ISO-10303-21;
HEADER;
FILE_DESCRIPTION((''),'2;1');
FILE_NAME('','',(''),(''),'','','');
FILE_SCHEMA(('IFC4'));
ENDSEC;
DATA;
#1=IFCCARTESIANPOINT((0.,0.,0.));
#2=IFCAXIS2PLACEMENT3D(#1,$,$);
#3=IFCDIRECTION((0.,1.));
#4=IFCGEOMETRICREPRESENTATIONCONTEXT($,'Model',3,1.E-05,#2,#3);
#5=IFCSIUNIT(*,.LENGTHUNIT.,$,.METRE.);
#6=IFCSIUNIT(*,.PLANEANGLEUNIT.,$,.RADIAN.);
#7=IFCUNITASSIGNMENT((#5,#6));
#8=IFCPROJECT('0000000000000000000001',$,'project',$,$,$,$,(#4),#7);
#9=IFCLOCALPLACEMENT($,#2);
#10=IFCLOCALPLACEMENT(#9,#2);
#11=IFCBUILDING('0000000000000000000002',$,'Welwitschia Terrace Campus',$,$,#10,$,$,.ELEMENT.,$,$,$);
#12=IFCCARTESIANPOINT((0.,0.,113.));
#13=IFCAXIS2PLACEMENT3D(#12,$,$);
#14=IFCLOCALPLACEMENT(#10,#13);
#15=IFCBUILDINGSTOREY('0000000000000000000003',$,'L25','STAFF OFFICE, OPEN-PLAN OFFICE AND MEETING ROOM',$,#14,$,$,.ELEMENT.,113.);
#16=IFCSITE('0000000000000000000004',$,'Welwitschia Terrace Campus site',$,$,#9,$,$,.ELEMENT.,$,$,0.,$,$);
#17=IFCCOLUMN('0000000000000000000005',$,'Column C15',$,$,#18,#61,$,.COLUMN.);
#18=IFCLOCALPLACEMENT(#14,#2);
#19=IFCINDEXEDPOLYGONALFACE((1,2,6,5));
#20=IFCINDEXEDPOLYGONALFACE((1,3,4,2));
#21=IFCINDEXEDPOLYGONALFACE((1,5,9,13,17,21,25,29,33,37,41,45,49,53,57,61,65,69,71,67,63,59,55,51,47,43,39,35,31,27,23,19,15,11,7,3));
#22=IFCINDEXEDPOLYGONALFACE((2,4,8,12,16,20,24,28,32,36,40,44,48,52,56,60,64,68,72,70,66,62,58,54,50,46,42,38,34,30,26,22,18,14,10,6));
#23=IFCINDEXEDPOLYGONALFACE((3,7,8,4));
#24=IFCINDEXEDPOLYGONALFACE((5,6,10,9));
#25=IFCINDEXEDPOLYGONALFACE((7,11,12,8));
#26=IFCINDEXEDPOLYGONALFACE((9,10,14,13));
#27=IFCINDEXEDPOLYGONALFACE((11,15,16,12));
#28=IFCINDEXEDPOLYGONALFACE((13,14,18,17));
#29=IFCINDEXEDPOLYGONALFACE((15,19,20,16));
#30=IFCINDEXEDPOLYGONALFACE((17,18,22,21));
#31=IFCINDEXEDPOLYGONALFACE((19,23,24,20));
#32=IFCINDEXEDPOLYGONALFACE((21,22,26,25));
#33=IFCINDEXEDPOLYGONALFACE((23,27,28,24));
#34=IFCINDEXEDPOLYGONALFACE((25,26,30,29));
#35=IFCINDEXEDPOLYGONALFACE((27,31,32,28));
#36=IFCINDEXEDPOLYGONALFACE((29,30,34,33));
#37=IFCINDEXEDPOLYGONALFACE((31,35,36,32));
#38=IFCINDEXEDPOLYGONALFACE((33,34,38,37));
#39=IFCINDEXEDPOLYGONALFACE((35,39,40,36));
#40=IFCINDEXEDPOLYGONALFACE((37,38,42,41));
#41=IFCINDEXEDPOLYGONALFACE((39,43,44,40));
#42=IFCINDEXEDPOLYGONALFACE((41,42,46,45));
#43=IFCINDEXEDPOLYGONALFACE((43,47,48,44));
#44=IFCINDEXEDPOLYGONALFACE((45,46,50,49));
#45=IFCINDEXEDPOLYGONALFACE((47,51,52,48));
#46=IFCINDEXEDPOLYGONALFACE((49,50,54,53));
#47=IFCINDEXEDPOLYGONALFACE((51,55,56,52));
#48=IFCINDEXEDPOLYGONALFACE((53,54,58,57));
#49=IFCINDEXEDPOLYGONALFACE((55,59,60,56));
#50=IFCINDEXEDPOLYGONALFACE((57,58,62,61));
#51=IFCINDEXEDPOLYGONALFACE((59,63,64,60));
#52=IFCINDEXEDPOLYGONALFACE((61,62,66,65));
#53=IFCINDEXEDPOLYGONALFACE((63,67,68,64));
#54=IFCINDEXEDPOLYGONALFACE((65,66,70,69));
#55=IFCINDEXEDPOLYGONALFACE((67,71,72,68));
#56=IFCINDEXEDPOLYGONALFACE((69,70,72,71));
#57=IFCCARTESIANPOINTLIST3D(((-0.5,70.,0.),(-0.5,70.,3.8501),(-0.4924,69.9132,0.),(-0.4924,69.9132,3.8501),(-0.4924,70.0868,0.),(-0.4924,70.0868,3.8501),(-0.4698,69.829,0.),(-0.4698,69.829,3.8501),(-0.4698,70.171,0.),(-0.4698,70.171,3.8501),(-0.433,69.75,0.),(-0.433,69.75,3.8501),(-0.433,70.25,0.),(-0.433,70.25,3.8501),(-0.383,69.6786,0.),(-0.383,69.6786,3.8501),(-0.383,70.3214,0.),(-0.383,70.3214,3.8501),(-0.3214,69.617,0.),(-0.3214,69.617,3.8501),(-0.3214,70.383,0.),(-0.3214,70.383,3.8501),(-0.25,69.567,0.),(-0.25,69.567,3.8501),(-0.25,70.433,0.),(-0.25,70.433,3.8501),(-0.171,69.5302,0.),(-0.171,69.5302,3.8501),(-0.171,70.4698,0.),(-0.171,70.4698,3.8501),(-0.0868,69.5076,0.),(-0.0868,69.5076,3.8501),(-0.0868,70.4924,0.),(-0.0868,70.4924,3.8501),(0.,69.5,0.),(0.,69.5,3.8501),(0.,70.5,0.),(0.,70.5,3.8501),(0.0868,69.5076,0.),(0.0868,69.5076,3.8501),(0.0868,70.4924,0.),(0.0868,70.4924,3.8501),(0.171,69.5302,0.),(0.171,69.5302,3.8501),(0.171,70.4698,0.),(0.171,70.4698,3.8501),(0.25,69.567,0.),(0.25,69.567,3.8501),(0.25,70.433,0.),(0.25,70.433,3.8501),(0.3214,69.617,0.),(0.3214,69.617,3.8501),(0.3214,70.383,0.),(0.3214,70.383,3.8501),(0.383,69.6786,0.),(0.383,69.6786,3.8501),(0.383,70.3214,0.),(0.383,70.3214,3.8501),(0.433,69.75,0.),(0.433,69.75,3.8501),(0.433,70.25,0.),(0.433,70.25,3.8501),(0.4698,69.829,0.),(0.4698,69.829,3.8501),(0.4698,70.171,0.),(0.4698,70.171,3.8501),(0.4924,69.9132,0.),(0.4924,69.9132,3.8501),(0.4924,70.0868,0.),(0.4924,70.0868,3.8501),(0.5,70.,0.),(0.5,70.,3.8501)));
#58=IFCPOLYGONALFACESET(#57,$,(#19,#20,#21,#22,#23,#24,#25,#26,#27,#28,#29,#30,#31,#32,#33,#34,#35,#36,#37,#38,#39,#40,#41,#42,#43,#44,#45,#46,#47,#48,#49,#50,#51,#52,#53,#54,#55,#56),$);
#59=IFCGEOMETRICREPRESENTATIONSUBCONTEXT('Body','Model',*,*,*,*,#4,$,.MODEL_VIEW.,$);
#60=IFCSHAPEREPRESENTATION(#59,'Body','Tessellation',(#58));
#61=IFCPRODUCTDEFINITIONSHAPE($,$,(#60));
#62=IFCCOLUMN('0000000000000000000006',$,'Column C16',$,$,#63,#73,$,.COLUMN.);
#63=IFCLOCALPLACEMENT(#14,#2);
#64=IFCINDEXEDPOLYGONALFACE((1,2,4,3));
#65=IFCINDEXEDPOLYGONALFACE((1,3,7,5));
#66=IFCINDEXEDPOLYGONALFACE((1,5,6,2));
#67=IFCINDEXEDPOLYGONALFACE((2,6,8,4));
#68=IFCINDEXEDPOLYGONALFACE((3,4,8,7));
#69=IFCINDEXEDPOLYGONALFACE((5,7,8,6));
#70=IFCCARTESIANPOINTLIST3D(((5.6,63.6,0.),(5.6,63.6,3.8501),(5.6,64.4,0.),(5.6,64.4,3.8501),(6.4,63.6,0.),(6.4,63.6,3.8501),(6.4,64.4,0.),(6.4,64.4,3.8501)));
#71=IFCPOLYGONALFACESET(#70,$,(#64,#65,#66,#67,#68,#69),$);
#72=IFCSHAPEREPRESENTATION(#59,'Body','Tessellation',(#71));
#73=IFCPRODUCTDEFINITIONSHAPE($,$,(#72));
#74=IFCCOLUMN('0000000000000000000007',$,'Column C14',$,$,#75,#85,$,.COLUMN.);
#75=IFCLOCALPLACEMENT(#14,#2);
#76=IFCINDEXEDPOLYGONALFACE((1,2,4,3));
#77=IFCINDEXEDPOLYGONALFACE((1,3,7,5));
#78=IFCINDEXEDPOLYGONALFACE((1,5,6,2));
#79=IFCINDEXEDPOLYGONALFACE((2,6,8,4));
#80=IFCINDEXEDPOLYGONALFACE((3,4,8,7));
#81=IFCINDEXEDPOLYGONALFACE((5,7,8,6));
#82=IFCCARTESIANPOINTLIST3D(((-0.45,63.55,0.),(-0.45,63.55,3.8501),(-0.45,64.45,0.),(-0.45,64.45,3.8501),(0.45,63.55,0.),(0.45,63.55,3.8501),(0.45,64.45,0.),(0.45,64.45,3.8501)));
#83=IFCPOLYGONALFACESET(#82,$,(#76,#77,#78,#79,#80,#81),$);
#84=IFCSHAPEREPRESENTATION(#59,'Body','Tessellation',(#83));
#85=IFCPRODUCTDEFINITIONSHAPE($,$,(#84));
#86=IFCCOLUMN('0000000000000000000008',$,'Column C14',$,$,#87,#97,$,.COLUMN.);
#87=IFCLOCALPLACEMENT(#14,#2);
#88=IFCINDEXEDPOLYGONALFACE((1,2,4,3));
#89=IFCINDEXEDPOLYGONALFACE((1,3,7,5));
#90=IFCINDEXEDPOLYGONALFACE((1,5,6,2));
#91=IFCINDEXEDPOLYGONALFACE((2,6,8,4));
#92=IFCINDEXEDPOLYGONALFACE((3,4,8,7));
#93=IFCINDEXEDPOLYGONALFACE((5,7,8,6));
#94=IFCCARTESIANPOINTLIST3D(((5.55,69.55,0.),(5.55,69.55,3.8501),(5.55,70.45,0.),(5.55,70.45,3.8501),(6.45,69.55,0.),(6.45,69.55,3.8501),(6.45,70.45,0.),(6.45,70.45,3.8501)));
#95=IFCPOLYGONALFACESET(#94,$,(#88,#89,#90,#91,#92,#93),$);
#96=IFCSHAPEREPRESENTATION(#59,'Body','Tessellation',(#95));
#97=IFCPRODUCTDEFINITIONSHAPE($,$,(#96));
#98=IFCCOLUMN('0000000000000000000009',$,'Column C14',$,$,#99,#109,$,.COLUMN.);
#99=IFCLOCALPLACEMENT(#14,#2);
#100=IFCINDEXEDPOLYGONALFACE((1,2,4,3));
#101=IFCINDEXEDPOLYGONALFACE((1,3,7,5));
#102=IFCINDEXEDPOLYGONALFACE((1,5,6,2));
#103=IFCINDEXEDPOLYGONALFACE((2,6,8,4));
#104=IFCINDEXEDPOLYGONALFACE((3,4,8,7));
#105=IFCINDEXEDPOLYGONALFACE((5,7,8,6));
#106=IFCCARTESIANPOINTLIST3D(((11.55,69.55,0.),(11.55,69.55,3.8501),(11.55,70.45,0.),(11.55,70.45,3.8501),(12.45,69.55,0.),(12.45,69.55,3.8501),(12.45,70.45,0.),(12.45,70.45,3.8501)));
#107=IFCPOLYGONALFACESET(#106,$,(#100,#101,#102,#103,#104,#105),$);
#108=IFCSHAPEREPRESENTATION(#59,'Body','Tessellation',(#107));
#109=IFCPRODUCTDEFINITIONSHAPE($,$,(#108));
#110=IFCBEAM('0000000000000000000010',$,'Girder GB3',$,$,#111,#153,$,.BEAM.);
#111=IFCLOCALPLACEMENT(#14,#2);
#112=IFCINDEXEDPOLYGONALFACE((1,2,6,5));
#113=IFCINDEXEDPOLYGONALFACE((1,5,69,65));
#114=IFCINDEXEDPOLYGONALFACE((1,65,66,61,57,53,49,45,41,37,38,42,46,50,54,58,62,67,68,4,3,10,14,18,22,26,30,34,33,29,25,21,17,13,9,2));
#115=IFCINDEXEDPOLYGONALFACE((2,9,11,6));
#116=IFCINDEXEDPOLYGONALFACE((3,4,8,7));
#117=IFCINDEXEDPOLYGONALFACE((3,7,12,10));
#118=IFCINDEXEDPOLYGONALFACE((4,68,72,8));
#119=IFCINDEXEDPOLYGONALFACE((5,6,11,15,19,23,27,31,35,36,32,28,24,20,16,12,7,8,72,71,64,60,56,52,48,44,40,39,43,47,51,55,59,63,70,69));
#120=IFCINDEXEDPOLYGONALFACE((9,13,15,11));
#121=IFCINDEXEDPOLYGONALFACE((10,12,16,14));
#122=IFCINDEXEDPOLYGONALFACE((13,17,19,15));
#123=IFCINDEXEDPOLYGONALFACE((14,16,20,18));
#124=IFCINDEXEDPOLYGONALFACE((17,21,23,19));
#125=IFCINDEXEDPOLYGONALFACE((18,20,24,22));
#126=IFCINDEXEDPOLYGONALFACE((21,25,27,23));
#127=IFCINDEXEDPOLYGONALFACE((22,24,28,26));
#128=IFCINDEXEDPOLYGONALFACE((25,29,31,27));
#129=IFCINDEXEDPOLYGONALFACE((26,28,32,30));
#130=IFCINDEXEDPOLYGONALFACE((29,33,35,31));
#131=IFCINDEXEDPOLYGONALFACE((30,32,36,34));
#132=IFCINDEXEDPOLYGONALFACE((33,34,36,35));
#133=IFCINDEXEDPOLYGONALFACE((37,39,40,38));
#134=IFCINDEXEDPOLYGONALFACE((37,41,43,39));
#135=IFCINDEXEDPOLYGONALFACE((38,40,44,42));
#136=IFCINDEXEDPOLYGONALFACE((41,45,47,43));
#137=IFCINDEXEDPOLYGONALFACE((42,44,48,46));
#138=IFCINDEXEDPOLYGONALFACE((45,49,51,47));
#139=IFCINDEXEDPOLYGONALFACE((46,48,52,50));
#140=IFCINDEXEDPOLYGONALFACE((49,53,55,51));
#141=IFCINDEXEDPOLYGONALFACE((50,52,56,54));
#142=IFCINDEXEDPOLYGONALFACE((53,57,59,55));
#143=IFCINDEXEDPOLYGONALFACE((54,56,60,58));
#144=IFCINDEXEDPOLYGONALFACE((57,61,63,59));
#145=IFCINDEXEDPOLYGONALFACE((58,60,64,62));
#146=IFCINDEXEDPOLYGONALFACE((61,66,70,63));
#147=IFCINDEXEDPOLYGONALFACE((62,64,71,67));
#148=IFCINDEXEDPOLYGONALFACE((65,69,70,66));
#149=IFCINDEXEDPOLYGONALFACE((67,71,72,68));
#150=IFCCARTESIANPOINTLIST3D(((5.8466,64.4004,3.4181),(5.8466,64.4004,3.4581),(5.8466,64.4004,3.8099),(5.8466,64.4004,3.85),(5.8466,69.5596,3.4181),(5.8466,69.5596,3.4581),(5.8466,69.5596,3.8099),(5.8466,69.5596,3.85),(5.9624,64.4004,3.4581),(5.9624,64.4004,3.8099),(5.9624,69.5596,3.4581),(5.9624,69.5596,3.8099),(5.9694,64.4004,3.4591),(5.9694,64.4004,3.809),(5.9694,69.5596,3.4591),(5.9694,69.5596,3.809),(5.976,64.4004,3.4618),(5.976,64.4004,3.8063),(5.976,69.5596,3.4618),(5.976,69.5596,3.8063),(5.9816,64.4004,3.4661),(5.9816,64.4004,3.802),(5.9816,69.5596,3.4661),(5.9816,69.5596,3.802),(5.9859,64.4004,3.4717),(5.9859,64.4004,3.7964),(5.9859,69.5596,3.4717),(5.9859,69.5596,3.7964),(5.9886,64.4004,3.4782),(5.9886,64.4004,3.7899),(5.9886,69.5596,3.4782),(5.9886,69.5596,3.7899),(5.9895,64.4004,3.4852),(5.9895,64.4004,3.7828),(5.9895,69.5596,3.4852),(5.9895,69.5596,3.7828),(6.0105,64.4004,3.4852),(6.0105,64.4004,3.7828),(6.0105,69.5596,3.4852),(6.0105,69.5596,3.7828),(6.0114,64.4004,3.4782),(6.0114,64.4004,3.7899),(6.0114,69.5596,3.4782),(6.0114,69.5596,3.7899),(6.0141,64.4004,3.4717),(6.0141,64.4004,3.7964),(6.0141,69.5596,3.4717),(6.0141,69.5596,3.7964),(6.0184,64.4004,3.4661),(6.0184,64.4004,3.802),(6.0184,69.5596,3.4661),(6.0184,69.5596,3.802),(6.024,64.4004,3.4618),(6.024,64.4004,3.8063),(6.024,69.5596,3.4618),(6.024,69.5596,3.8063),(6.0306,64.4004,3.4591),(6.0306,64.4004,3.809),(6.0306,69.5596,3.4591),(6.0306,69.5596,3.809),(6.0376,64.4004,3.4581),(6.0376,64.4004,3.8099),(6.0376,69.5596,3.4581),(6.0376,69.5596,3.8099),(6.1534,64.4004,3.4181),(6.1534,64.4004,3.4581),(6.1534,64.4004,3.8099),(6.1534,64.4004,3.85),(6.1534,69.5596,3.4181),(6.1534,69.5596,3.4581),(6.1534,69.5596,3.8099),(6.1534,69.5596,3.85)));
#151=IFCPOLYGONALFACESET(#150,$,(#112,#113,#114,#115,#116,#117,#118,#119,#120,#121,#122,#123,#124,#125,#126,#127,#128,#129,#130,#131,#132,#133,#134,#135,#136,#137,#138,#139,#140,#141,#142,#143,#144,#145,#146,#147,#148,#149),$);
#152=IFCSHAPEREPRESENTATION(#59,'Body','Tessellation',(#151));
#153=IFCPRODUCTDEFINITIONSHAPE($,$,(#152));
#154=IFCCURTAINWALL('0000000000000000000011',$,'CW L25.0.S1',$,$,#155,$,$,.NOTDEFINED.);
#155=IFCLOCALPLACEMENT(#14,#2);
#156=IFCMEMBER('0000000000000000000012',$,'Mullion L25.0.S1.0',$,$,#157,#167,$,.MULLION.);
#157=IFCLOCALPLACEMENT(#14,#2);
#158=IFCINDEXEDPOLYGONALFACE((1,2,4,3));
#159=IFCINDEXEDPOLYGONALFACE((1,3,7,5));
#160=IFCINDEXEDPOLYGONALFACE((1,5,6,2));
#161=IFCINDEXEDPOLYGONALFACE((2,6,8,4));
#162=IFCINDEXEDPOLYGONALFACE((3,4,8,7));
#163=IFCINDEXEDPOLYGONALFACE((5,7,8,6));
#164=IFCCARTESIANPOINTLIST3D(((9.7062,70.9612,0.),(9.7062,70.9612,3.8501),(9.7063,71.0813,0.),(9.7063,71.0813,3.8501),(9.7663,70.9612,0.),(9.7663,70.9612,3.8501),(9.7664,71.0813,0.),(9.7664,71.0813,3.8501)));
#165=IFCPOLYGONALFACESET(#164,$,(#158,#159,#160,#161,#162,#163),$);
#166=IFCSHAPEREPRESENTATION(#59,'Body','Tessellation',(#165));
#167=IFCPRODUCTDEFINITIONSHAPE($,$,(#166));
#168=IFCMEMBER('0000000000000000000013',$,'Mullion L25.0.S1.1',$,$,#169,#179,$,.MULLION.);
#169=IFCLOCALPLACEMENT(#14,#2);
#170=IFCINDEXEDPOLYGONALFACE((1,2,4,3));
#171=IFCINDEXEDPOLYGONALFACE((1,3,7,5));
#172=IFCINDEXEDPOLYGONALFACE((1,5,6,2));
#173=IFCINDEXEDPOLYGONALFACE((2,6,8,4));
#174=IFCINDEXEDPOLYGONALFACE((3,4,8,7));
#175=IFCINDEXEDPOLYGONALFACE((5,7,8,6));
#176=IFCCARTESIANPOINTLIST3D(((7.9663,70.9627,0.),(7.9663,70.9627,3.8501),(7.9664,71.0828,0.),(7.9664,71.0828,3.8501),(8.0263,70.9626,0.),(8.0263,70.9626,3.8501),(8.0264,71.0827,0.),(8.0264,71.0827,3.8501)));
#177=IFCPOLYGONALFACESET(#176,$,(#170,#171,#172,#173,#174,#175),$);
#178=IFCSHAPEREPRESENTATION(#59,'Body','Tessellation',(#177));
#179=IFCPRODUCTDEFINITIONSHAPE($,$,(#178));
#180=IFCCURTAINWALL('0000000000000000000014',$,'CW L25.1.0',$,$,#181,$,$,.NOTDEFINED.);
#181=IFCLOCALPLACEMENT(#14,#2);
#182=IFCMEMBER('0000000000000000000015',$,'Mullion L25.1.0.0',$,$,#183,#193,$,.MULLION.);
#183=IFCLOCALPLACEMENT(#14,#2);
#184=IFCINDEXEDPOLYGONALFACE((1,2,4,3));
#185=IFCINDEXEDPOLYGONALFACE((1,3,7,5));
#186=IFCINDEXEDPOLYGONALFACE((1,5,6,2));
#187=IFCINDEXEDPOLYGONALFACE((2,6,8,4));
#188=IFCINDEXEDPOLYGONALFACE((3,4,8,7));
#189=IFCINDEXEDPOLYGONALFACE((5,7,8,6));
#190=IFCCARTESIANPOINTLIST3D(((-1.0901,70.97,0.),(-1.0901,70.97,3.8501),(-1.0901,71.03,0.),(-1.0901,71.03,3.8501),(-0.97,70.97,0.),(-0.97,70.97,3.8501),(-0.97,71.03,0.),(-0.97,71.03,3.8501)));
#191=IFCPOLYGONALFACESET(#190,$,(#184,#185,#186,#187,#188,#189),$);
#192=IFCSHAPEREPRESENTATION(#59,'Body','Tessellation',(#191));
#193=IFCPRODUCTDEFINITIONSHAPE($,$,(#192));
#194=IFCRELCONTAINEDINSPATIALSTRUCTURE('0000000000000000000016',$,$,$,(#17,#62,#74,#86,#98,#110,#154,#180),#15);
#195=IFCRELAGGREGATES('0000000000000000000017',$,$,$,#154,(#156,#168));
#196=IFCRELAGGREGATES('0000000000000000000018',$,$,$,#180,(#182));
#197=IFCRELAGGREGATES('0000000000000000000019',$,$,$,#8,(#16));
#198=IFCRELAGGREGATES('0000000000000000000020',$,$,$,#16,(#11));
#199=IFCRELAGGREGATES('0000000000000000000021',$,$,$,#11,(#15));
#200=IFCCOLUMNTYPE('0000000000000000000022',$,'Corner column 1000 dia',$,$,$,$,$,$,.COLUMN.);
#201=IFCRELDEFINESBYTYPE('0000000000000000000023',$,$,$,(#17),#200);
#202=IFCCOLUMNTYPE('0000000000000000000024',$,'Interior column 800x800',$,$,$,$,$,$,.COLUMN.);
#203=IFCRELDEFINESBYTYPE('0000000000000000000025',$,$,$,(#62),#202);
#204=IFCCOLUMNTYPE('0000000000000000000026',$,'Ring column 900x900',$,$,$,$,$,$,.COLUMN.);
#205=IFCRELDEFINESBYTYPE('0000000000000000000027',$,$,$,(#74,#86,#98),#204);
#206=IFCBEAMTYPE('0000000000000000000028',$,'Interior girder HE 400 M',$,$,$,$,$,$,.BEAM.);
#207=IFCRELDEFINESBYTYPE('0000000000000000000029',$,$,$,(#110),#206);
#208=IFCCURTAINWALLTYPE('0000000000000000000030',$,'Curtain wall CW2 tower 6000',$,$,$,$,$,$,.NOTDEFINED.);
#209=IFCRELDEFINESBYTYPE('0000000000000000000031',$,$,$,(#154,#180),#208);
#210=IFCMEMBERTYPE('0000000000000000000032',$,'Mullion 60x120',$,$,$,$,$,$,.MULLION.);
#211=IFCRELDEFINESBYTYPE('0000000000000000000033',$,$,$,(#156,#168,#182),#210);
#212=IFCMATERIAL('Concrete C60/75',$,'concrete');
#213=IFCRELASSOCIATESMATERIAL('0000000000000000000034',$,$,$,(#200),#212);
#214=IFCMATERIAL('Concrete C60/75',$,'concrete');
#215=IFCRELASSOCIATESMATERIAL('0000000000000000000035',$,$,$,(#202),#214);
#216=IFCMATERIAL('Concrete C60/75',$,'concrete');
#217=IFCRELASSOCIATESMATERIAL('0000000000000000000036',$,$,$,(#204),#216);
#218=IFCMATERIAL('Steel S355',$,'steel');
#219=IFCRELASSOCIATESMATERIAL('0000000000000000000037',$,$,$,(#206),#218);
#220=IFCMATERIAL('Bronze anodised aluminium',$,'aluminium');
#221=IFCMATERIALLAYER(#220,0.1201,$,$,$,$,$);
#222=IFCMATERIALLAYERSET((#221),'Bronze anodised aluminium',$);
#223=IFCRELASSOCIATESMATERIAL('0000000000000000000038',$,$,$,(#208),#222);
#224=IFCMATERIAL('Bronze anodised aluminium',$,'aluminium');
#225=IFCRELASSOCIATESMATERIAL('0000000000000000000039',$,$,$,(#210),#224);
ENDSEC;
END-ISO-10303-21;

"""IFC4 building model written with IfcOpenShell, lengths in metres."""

from ifc_helpers import new_model, si_unit, direction, frame, origin, origin_2d, place, context, subcontext, project, spatial, rectangle, circle, i_section, extrude, material, layer, layer_set, material_profile, profile_set, type_object, element, aggregate, save


model = new_model("IFC4")

# Units and contexts
model_context = context("Model", 3, precision=1e-05, world=origin(), true_north=direction((0.0, 1.0)))
body_context = subcontext(model_context, "Body", "Model", "MODEL_VIEW")
ifc_project = project(units=[si_unit("LENGTHUNIT", "METRE"), si_unit("PLANEANGLEUNIT", "RADIAN")], contexts=[model_context])

# Site, building, storey
site_placement = place(None, origin())
site = spatial("IfcSite", under=ifc_project, at=site_placement, Name="Welwitschia Terrace Campus site", CompositionType="ELEMENT", RefElevation=0.0)
building_placement = place(site_placement, origin())
building = spatial("IfcBuilding", under=site, at=building_placement, Name="Welwitschia Terrace Campus", CompositionType="ELEMENT")
storey_placement = place(building_placement, frame((0.0, 0.0, 113.0)))
storey = spatial("IfcBuildingStorey", under=building, at=storey_placement, Name="L25", Description="STAFF OFFICE, OPEN-PLAN OFFICE AND MEETING ROOM", CompositionType="ELEMENT", Elevation=113.0)

# Columns
ifc_material_1 = material(Name="Concrete C60/75", Category="concrete")
ifc_material_profile_1 = material_profile(ifc_material_1, circle(Radius=0.5, at=origin_2d()))
ifc_profile_set_1 = profile_set([ifc_material_profile_1], Name="Concrete C60/75")
column_type_1 = type_object("IfcColumnType", Name="Corner column 1000 dia", PredefinedType="COLUMN", material=ifc_profile_set_1)
column_1_placement = place(storey_placement, frame((0.0, 70.0, 0.0), z_axis=(0.0, 0.0, 1.0), x_axis=(1.0, 0.0, 0.0)))
element("IfcColumn", 1, at=column_1_placement, inside=storey, type_object=column_type_1, Name="Column C15", PredefinedType="COLUMN", context=body_context, shape_type="SweptSolid", body=[
    extrude(circle(Radius=0.5, at=origin_2d()), origin(), (0.0, 0.0, 1.0), 3.8501),
])
ifc_material_2 = material(Name="Concrete C60/75", Category="concrete")
ifc_material_profile_2 = material_profile(ifc_material_2, rectangle(XDim=0.8, YDim=0.8, at=origin_2d()))
ifc_profile_set_2 = profile_set([ifc_material_profile_2], Name="Concrete C60/75")
column_type_2 = type_object("IfcColumnType", Name="Interior column 800x800", PredefinedType="COLUMN", material=ifc_profile_set_2)
column_2_placement = place(storey_placement, frame((6.0, 64.0, 0.0), z_axis=(0.0, 0.0, 1.0), x_axis=(1.0, 0.0, 0.0)))
element("IfcColumn", 2, at=column_2_placement, inside=storey, type_object=column_type_2, Name="Column C16", PredefinedType="COLUMN", context=body_context, shape_type="SweptSolid", body=[
    extrude(rectangle(XDim=0.8, YDim=0.8, at=origin_2d()), origin(), (0.0, 0.0, 1.0), 3.8501),
])
ifc_material_3 = material(Name="Concrete C60/75", Category="concrete")
ifc_material_profile_3 = material_profile(ifc_material_3, rectangle(XDim=0.8999, YDim=0.8999, at=origin_2d()))
ifc_profile_set_3 = profile_set([ifc_material_profile_3], Name="Concrete C60/75")
column_type_3 = type_object("IfcColumnType", Name="Ring column 900x900", PredefinedType="COLUMN", material=ifc_profile_set_3)
for number, where, z_axis, x_axis, name in (
    (3, (0.0, 64.0, 0.0), (0.0, 0.0, 1.0), (1.0, 0.0, 0.0), "Column C14"),
    (4, (6.0, 70.0, 0.0), (0.0, 0.0, 1.0), (1.0, 0.0, 0.0), "Column C14"),
    (5, (12.0, 70.0, 0.0), (0.0, 0.0, 1.0), (1.0, 0.0, 0.0), "Column C14"),
):
    element("IfcColumn", number, at=place(storey_placement, frame(where, z_axis=z_axis, x_axis=x_axis)), inside=storey, type_object=column_type_3, Name=name, PredefinedType="COLUMN", context=body_context, shape_type="SweptSolid", body=[
        extrude(rectangle(XDim=0.8999, YDim=0.8999, at=origin_2d()), origin(), (0.0, 0.0, 1.0), 3.8501),
    ])

# Beam
ifc_material_4 = material(Name="Steel S355", Category="steel")
ifc_material_profile_4 = material_profile(ifc_material_4, i_section(OverallWidth=0.3069, OverallDepth=0.4319, WebThickness=0.021, FlangeThickness=0.04, FilletRadius=0.0271, at=origin_2d()))
ifc_profile_set_4 = profile_set([ifc_material_profile_4], Name="Steel S355")
beam_type_1 = type_object("IfcBeamType", Name="Interior girder HE 400 M", PredefinedType="BEAM", material=ifc_profile_set_4)
beam_1_placement = place(storey_placement, frame((6.0, 64.4004, 3.634), z_axis=(0.0, 1.0, 0.0), x_axis=(-1.0, 0.0, 0.0)))
element("IfcBeam", 6, at=beam_1_placement, inside=storey, type_object=beam_type_1, Name="Girder GB3", PredefinedType="BEAM", context=body_context, shape_type="SweptSolid", body=[
    extrude(i_section(OverallWidth=0.3069, OverallDepth=0.4319, WebThickness=0.021, FlangeThickness=0.04, FilletRadius=0.0271, at=origin_2d()), origin(), (0.0, 0.0, 1.0), 5.1592),
])

# Curtain walls, members
ifc_material_5 = material(Name="Bronze anodised aluminium", Category="aluminium")
ifc_layer_1 = layer(ifc_material_5, 0.1201)
ifc_layer_set_1 = layer_set([ifc_layer_1], Name="Bronze anodised aluminium")
curtain_wall_type = type_object("IfcCurtainWallType", Name="Curtain wall CW2 tower 6000", PredefinedType="NOTDEFINED", material=ifc_layer_set_1)
curtain_wall_1_placement = place(storey_placement, origin())
curtain_wall_1 = element("IfcCurtainWall", 7, at=curtain_wall_1_placement, inside=storey, type_object=curtain_wall_type, Name="CW L25.0.S1", PredefinedType="NOTDEFINED")
ifc_material_6 = material(Name="Bronze anodised aluminium", Category="aluminium")
ifc_material_profile_5 = material_profile(ifc_material_6, rectangle(XDim=0.1201, YDim=0.0601, at=origin_2d()))
ifc_profile_set_5 = profile_set([ifc_material_profile_5], Name="Bronze anodised aluminium")
member_type_1 = type_object("IfcMemberType", Name="Mullion 60x120", PredefinedType="MULLION", material=ifc_profile_set_5)
member_1_placement = place(storey_placement, frame((9.7363, 71.0212, 0.0), z_axis=(0.0, 0.0, 1.0), x_axis=(-0.000824, -1.0, 0.0)))
member_1 = element("IfcMember", 8, at=member_1_placement, type_object=member_type_1, Name="Mullion L25.0.S1.0", PredefinedType="MULLION", context=body_context, shape_type="SweptSolid", body=[
    extrude(rectangle(XDim=0.1201, YDim=0.0601, at=origin_2d()), origin(), (0.0, 0.0, 1.0), 3.8501),
])
member_2_placement = place(storey_placement, frame((7.9963, 71.0227, 0.0), z_axis=(0.0, 0.0, 1.0), x_axis=(-0.000824, -1.0, 0.0)))
member_2 = element("IfcMember", 9, at=member_2_placement, type_object=member_type_1, Name="Mullion L25.0.S1.1", PredefinedType="MULLION", context=body_context, shape_type="SweptSolid", body=[
    extrude(rectangle(XDim=0.1201, YDim=0.0601, at=origin_2d()), origin(), (0.0, 0.0, 1.0), 3.8501),
])
curtain_wall_2_placement = place(storey_placement, origin())
curtain_wall_2 = element("IfcCurtainWall", 10, at=curtain_wall_2_placement, inside=storey, type_object=curtain_wall_type, Name="CW L25.1.0", PredefinedType="NOTDEFINED")
member_3_placement = place(storey_placement, frame((-1.03, 71.0, 0.0), z_axis=(0.0, 0.0, 1.0), x_axis=(1.0, 0.0, 0.0)))
member_3 = element("IfcMember", 11, at=member_3_placement, type_object=member_type_1, Name="Mullion L25.1.0.0", PredefinedType="MULLION", context=body_context, shape_type="SweptSolid", body=[
    extrude(rectangle(XDim=0.1201, YDim=0.0601, at=origin_2d()), origin(), (0.0, 0.0, 1.0), 3.8501),
])

aggregate(curtain_wall_1, [member_1, member_2])
aggregate(curtain_wall_2, [member_3])

save(model, "model.ifc")
